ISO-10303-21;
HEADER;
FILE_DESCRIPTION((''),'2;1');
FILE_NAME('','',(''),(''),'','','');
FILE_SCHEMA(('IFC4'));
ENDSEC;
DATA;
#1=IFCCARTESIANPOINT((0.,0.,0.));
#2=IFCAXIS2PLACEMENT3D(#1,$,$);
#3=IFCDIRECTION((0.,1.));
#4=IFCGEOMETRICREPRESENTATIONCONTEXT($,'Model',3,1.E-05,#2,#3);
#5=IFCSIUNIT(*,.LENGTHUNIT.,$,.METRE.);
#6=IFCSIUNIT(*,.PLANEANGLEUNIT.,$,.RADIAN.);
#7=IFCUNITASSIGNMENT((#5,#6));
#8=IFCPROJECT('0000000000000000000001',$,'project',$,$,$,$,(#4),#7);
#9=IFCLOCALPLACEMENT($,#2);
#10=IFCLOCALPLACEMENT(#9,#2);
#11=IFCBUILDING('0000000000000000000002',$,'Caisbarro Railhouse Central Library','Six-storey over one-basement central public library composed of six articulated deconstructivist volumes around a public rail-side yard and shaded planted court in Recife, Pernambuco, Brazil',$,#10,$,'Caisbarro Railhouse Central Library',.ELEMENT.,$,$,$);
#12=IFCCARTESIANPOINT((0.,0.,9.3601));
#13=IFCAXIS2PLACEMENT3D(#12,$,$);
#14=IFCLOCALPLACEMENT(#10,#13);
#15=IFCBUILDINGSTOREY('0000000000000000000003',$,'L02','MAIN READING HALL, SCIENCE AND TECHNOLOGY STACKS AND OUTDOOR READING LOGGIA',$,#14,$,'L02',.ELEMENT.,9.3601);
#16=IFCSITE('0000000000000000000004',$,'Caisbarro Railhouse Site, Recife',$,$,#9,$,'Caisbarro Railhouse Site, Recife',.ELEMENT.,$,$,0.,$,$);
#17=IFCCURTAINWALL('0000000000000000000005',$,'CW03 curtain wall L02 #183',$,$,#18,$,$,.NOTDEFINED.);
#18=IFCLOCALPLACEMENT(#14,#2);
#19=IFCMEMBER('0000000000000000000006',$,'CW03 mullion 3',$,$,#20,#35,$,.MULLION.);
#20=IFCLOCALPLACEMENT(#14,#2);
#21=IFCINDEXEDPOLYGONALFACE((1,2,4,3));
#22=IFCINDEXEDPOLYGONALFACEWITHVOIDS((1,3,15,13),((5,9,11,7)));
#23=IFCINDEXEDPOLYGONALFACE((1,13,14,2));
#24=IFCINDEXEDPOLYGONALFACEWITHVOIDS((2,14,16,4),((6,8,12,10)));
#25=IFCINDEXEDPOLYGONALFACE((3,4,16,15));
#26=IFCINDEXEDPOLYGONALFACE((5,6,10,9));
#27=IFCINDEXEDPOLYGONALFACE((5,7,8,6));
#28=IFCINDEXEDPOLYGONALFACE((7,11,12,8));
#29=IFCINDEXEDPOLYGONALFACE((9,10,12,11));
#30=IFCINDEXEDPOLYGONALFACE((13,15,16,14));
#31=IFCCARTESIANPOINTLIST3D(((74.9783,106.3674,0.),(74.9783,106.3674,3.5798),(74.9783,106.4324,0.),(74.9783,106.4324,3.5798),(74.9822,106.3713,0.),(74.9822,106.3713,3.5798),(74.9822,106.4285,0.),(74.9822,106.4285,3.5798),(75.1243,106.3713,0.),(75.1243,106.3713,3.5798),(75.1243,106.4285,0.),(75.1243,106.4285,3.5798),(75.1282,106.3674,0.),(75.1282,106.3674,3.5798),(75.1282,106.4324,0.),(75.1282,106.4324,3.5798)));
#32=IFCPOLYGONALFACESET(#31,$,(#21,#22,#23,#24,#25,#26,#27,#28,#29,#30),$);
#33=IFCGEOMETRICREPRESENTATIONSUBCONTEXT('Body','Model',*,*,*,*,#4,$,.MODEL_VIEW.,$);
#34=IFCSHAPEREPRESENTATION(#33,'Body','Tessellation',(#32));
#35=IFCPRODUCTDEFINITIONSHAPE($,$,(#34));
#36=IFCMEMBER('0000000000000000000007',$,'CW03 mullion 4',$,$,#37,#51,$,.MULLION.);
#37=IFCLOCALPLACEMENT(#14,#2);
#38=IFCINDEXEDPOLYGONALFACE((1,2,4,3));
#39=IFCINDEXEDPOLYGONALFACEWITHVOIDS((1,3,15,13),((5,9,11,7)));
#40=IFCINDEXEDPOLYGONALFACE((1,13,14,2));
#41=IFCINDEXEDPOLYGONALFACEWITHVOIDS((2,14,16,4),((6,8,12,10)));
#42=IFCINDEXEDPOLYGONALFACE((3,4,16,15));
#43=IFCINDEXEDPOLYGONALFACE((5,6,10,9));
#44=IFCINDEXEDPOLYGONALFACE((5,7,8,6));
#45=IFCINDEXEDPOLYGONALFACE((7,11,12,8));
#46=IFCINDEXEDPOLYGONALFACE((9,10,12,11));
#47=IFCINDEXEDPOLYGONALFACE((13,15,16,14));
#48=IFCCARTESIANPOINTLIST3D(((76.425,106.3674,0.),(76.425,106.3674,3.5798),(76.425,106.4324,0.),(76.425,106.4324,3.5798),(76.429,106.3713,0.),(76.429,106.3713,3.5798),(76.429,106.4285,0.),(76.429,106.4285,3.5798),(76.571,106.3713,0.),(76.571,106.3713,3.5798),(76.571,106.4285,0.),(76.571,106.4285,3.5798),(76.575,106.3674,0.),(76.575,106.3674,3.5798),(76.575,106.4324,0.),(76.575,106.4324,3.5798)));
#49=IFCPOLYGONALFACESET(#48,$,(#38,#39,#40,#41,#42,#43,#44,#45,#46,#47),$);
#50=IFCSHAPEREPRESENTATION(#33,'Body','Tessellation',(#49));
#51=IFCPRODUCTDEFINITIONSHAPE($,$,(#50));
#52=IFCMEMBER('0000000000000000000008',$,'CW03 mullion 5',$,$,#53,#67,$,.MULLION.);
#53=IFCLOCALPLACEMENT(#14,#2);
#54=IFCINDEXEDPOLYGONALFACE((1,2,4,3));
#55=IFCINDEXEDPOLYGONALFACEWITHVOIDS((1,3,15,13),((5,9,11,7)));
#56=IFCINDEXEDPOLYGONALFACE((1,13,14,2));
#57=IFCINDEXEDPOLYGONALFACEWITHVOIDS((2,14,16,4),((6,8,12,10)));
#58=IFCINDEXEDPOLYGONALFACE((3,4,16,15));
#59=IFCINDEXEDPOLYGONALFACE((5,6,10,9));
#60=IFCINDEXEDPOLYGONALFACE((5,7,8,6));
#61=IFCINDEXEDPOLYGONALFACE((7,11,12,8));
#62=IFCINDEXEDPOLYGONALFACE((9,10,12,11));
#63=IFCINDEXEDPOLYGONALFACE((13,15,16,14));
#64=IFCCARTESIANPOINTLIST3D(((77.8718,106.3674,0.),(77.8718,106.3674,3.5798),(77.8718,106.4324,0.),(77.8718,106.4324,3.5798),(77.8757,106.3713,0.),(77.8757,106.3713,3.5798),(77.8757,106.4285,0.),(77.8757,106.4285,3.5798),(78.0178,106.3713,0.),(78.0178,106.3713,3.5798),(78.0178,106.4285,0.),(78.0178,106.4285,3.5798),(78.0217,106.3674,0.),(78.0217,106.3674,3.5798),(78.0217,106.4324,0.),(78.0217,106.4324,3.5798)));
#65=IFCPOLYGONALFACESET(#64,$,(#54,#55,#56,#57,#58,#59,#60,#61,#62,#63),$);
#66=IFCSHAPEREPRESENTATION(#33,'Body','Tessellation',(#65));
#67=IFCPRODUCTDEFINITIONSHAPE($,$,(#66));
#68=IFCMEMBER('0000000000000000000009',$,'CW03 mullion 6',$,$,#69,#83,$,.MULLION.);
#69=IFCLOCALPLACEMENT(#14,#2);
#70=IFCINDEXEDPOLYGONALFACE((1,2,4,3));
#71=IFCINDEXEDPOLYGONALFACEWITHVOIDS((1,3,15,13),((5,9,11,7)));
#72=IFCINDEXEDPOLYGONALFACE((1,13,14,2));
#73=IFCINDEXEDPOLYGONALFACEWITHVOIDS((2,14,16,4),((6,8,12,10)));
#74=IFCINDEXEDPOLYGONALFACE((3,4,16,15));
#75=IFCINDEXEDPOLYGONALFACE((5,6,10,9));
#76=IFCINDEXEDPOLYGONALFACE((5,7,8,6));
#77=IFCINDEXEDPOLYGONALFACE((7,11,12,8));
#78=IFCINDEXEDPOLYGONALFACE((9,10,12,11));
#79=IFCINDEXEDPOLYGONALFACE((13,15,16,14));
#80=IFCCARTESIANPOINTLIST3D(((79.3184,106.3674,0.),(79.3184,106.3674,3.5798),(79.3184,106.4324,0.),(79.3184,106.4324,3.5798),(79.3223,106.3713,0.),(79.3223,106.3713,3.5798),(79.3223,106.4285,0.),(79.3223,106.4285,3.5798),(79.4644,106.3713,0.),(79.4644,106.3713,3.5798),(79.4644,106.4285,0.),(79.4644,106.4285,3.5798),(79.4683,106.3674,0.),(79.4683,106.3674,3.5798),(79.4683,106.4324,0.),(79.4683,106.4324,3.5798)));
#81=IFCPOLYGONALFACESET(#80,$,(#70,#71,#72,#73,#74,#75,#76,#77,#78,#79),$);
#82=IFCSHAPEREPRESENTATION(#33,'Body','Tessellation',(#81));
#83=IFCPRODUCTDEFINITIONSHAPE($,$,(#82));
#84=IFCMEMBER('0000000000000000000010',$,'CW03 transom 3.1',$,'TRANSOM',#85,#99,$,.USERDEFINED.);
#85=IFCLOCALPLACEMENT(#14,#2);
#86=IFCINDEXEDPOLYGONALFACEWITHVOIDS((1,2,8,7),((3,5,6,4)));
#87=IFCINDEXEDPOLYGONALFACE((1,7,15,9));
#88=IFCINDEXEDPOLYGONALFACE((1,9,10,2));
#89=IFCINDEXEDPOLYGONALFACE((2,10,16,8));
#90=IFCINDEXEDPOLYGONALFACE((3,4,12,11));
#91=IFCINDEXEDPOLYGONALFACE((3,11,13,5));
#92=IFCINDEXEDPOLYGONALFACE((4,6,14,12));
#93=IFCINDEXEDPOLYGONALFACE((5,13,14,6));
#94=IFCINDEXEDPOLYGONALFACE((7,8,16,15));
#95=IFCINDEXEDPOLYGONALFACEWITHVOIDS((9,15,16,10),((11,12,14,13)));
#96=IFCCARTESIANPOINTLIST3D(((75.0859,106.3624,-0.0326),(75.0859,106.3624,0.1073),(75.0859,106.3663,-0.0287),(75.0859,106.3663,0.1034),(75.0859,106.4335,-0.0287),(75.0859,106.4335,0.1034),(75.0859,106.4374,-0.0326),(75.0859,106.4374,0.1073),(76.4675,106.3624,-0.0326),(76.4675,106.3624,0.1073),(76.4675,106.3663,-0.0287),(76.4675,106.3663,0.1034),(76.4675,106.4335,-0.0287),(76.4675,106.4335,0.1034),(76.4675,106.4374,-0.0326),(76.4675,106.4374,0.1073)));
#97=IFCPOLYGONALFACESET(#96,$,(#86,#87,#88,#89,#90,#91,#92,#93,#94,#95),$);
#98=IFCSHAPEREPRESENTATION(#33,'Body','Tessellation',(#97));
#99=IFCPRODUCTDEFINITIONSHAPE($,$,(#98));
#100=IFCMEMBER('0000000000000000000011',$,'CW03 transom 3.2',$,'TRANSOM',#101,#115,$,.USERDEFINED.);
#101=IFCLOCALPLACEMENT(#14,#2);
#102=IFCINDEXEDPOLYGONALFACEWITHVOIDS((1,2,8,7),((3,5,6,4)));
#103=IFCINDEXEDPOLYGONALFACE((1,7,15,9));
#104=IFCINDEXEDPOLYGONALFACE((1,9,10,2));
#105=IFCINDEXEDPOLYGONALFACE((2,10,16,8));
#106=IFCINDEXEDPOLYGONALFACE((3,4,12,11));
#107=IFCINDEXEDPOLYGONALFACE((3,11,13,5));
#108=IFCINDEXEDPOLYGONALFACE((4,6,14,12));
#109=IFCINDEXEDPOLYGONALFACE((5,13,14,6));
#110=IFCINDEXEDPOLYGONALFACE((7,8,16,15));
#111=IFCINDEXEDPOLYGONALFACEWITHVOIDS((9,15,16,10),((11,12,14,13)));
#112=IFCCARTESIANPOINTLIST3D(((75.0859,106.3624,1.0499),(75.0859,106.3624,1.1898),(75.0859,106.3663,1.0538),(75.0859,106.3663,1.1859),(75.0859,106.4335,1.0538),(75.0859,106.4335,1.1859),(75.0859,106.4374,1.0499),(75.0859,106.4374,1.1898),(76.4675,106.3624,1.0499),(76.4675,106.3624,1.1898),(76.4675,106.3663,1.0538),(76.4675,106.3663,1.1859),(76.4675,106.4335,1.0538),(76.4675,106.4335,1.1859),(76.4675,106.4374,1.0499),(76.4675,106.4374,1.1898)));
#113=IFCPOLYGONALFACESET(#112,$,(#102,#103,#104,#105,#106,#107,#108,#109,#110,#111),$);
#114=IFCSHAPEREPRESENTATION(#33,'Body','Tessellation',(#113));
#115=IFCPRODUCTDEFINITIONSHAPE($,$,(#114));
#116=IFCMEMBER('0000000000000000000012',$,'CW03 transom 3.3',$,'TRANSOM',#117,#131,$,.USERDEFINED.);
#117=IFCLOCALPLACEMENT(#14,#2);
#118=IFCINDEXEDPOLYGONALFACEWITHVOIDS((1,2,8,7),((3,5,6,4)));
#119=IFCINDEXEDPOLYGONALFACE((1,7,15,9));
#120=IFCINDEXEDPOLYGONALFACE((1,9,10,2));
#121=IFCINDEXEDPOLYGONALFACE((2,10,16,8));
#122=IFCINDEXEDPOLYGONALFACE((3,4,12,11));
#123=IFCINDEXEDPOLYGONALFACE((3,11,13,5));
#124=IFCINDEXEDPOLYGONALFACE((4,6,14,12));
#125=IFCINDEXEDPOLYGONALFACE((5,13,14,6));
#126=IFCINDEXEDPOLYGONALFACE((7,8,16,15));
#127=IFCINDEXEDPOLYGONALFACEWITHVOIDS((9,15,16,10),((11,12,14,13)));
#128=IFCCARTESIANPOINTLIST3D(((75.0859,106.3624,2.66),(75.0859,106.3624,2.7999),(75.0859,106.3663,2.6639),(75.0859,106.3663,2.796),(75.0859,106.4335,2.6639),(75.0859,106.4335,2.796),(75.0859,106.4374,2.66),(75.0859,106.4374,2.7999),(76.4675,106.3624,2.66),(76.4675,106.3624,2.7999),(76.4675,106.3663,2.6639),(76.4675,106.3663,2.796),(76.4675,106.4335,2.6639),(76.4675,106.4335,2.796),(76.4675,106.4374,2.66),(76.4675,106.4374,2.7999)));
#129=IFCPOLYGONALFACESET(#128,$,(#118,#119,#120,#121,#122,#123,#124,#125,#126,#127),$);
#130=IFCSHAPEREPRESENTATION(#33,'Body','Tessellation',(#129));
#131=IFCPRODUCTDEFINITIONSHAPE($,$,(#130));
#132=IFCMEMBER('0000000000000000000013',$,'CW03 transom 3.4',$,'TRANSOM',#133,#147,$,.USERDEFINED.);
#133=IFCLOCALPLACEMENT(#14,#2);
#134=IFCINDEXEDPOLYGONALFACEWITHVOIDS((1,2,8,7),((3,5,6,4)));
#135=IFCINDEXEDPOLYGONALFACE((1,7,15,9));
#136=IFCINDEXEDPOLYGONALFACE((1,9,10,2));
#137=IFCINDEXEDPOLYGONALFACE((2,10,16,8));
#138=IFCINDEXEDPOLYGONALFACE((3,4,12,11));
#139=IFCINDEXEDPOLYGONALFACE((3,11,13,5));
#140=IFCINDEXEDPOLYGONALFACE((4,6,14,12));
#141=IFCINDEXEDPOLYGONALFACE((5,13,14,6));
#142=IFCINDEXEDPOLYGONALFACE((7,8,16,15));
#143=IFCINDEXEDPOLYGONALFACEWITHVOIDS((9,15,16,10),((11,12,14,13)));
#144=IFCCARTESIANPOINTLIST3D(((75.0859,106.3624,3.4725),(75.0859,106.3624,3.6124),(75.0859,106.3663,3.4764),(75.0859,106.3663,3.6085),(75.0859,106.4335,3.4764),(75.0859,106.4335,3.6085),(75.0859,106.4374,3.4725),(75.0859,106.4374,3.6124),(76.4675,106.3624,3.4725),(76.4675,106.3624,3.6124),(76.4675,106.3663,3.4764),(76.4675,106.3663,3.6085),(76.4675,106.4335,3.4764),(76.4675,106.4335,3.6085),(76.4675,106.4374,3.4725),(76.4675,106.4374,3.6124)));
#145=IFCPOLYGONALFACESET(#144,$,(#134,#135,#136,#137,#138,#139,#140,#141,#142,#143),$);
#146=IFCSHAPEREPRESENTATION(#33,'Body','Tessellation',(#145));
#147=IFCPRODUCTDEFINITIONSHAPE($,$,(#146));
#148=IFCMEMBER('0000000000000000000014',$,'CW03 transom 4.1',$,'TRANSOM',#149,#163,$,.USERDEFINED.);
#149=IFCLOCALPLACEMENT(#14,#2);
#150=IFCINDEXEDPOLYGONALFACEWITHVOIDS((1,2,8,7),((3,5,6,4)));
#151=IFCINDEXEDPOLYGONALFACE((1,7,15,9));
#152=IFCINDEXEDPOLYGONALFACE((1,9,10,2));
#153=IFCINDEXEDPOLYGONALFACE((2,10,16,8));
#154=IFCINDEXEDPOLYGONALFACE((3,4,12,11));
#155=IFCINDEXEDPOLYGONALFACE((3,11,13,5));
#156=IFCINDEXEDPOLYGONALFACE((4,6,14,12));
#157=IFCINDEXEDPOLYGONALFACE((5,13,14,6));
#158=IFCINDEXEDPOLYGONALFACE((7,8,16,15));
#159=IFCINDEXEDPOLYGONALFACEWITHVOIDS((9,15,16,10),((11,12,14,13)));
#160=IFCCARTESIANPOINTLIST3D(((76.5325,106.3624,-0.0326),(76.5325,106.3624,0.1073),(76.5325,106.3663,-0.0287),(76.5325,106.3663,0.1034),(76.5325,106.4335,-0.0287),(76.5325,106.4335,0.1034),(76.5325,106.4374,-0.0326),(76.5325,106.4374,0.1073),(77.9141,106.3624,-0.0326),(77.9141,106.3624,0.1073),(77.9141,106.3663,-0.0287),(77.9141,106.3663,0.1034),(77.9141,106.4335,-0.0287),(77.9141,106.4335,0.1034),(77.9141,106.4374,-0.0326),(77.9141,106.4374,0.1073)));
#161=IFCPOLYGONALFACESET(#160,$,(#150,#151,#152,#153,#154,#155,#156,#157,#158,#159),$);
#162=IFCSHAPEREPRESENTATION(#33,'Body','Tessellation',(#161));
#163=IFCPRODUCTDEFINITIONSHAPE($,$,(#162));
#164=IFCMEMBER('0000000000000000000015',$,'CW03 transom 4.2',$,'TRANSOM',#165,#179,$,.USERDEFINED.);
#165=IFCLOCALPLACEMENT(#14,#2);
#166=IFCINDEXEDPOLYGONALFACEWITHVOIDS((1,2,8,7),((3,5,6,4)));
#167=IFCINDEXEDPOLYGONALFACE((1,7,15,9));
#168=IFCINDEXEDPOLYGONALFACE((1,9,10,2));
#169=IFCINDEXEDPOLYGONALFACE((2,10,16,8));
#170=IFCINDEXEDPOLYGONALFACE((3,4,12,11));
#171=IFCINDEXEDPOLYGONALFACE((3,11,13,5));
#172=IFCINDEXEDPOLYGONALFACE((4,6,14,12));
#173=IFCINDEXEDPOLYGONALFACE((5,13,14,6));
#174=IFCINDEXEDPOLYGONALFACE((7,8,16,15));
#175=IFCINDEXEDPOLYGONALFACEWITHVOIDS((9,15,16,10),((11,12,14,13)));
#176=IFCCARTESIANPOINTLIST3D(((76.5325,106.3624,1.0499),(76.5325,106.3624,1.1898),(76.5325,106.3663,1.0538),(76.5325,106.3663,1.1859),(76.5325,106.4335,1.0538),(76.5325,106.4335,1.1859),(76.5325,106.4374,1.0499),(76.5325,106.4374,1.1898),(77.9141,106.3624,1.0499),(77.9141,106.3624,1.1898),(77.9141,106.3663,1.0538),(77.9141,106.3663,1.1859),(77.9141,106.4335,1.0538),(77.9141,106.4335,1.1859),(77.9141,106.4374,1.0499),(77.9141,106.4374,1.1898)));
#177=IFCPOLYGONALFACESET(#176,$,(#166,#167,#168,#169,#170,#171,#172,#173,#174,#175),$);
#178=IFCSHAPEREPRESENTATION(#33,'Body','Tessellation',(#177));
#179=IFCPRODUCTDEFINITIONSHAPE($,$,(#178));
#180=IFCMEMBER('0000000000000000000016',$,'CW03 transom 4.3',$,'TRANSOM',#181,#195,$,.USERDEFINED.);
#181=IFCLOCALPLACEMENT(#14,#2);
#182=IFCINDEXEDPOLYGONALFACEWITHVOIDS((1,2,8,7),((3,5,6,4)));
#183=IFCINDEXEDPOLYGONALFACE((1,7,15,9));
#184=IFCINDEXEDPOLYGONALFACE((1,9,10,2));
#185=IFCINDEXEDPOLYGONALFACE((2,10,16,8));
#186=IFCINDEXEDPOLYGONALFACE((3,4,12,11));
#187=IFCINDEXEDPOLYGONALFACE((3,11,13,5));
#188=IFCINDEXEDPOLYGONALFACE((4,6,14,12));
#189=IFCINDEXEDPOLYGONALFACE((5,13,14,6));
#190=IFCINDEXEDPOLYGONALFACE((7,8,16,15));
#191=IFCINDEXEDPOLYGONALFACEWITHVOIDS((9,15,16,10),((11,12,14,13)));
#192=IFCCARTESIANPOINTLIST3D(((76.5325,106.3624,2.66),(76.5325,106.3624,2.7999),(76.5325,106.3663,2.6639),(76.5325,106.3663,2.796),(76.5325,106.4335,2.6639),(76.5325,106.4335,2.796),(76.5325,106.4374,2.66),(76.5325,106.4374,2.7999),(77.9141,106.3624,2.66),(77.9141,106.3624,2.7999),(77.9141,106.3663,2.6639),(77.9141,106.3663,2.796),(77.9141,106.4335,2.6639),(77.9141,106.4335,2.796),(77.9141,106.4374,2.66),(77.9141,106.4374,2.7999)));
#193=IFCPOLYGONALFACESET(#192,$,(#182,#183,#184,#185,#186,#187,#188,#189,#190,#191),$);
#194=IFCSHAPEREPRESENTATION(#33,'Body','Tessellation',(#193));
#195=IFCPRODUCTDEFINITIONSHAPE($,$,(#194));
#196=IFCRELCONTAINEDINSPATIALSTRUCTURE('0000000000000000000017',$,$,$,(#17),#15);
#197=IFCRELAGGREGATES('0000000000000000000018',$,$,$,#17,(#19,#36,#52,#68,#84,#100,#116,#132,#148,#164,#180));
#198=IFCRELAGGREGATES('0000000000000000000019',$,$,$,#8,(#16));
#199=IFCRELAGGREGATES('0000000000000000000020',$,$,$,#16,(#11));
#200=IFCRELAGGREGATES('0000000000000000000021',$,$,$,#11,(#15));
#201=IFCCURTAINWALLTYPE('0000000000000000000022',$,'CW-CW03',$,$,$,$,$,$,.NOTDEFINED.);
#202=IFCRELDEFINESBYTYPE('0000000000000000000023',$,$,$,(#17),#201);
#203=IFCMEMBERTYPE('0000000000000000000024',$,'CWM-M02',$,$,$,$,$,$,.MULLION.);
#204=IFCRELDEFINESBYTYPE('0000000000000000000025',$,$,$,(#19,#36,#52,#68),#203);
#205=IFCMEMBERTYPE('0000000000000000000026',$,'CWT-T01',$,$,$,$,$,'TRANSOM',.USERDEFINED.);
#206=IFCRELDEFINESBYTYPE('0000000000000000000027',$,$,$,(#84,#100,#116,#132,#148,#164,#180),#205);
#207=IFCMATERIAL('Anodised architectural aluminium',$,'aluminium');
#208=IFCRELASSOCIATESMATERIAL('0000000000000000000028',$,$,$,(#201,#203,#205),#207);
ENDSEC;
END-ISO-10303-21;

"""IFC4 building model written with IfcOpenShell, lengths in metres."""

from ifc_helpers import new_model, si_unit, direction, frame, origin, origin_2d, place, context, subcontext, project, spatial, hollow_rectangle, extrude, material, material_profile, profile_set, type_object, element, aggregate, save


model = new_model("IFC4")

# Units and contexts
model_context = context("Model", 3, precision=1e-05, world=origin(), true_north=direction((0.0, 1.0)))
body_context = subcontext(model_context, "Body", "Model", "MODEL_VIEW")
ifc_project = project(units=[si_unit("LENGTHUNIT", "METRE"), si_unit("PLANEANGLEUNIT", "RADIAN")], contexts=[model_context])

# Site, building, storey
site_placement = place(None, origin())
site = spatial("IfcSite", under=ifc_project, at=site_placement, Name="Caisbarro Railhouse Site, Recife", LongName="Caisbarro Railhouse Site, Recife", CompositionType="ELEMENT", RefElevation=0.0)
building_placement = place(site_placement, origin())
building = spatial("IfcBuilding", under=site, at=building_placement, Name="Caisbarro Railhouse Central Library", Description="Six-storey over one-basement central public library composed of six articulated deconstructivist volumes around a public rail-side yard and shaded planted court in Recife, Pernambuco, Brazil", LongName="Caisbarro Railhouse Central Library", CompositionType="ELEMENT")
storey_placement = place(building_placement, frame((0.0, 0.0, 9.3601)))
storey = spatial("IfcBuildingStorey", under=building, at=storey_placement, Name="L02", Description="MAIN READING HALL, SCIENCE AND TECHNOLOGY STACKS AND OUTDOOR READING LOGGIA", LongName="L02", CompositionType="ELEMENT", Elevation=9.3601)

# Curtain wall, members
ifc_material_1 = material(Name="Anodised architectural aluminium", Category="aluminium")
curtain_wall_type = type_object("IfcCurtainWallType", Name="CW-CW03", PredefinedType="NOTDEFINED", material=ifc_material_1)
curtain_wall_placement = place(storey_placement, origin())
curtain_wall = element("IfcCurtainWall", 1, at=curtain_wall_placement, inside=storey, type_object=curtain_wall_type, Name="CW03 curtain wall L02 #183", PredefinedType="NOTDEFINED")
ifc_material_profile_1 = material_profile(ifc_material_1, hollow_rectangle(XDim=0.0649, YDim=0.1499, WallThickness=0.0039, at=origin_2d()), Name="ALU-MUL-65X150")
ifc_profile_set_1 = profile_set([ifc_material_profile_1], Name="Anodised architectural aluminium")
member_type_1 = type_object("IfcMemberType", Name="CWM-M02", PredefinedType="MULLION", material=ifc_profile_set_1)
member_1_placement = place(storey_placement, frame((75.0532, 106.3999, 0.0), z_axis=(0.0, 0.0, 1.0), x_axis=(0.0, 1.0, 0.0)))
member_1 = element("IfcMember", 2, at=member_1_placement, type_object=member_type_1, Name="CW03 mullion 3", PredefinedType="MULLION", context=body_context, shape_type="SweptSolid", body=[
    extrude(hollow_rectangle(XDim=0.0649, YDim=0.1499, WallThickness=0.0039, at=origin_2d()), origin(), (0.0, 0.0, 1.0), 3.5798),
])
member_2_placement = place(storey_placement, frame((76.5, 106.3999, 0.0), z_axis=(0.0, 0.0, 1.0), x_axis=(0.0, 1.0, 0.0)))
member_2 = element("IfcMember", 3, at=member_2_placement, type_object=member_type_1, Name="CW03 mullion 4", PredefinedType="MULLION", context=body_context, shape_type="SweptSolid", body=[
    extrude(hollow_rectangle(XDim=0.0649, YDim=0.1499, WallThickness=0.0039, at=origin_2d()), origin(), (0.0, 0.0, 1.0), 3.5798),
])
member_3_placement = place(storey_placement, frame((77.9468, 106.3999, 0.0), z_axis=(0.0, 0.0, 1.0), x_axis=(0.0, 1.0, 0.0)))
member_3 = element("IfcMember", 4, at=member_3_placement, type_object=member_type_1, Name="CW03 mullion 5", PredefinedType="MULLION", context=body_context, shape_type="SweptSolid", body=[
    extrude(hollow_rectangle(XDim=0.0649, YDim=0.1499, WallThickness=0.0039, at=origin_2d()), origin(), (0.0, 0.0, 1.0), 3.5798),
])
member_4_placement = place(storey_placement, frame((79.3933, 106.3999, 0.0), z_axis=(0.0, 0.0, 1.0), x_axis=(0.0, 1.0, 0.0)))
member_4 = element("IfcMember", 5, at=member_4_placement, type_object=member_type_1, Name="CW03 mullion 6", PredefinedType="MULLION", context=body_context, shape_type="SweptSolid", body=[
    extrude(hollow_rectangle(XDim=0.0649, YDim=0.1499, WallThickness=0.0039, at=origin_2d()), origin(), (0.0, 0.0, 1.0), 3.5798),
])
ifc_material_profile_2 = material_profile(ifc_material_1, hollow_rectangle(XDim=0.075, YDim=0.1399, WallThickness=0.0039, at=origin_2d()), Name="ALU-TRN-75X140")
ifc_profile_set_2 = profile_set([ifc_material_profile_2], Name="Anodised architectural aluminium")
member_type_2 = type_object("IfcMemberType", Name="CWT-T01", ElementType="TRANSOM", PredefinedType="USERDEFINED", material=ifc_profile_set_2)
member_5_placement = place(storey_placement, frame((75.0859, 106.3999, 0.0374), z_axis=(1.0, 0.0, 0.0), x_axis=(0.0, 1.0, 0.0)))
member_5 = element("IfcMember", 6, at=member_5_placement, type_object=member_type_2, Name="CW03 transom 3.1", ObjectType="TRANSOM", PredefinedType="USERDEFINED", context=body_context, shape_type="SweptSolid", body=[
    extrude(hollow_rectangle(XDim=0.075, YDim=0.1399, WallThickness=0.0039, at=origin_2d()), origin(), (0.0, 0.0, 1.0), 1.3816),
])
member_6_placement = place(storey_placement, frame((75.0859, 106.3999, 1.1199), z_axis=(1.0, 0.0, 0.0), x_axis=(0.0, 1.0, 0.0)))
member_6 = element("IfcMember", 7, at=member_6_placement, type_object=member_type_2, Name="CW03 transom 3.2", ObjectType="TRANSOM", PredefinedType="USERDEFINED", context=body_context, shape_type="SweptSolid", body=[
    extrude(hollow_rectangle(XDim=0.075, YDim=0.1399, WallThickness=0.0039, at=origin_2d()), origin(), (0.0, 0.0, 1.0), 1.3816),
])
member_7_placement = place(storey_placement, frame((75.0859, 106.3999, 2.73), z_axis=(1.0, 0.0, 0.0), x_axis=(0.0, 1.0, 0.0)))
member_7 = element("IfcMember", 8, at=member_7_placement, type_object=member_type_2, Name="CW03 transom 3.3", ObjectType="TRANSOM", PredefinedType="USERDEFINED", context=body_context, shape_type="SweptSolid", body=[
    extrude(hollow_rectangle(XDim=0.075, YDim=0.1399, WallThickness=0.0039, at=origin_2d()), origin(), (0.0, 0.0, 1.0), 1.3816),
])
member_8_placement = place(storey_placement, frame((75.0859, 106.3999, 3.5425), z_axis=(1.0, 0.0, 0.0), x_axis=(0.0, 1.0, 0.0)))
member_8 = element("IfcMember", 9, at=member_8_placement, type_object=member_type_2, Name="CW03 transom 3.4", ObjectType="TRANSOM", PredefinedType="USERDEFINED", context=body_context, shape_type="SweptSolid", body=[
    extrude(hollow_rectangle(XDim=0.075, YDim=0.1399, WallThickness=0.0039, at=origin_2d()), origin(), (0.0, 0.0, 1.0), 1.3816),
])
member_9_placement = place(storey_placement, frame((76.5325, 106.3999, 0.0374), z_axis=(1.0, 0.0, 0.0), x_axis=(0.0, 1.0, 0.0)))
member_9 = element("IfcMember", 10, at=member_9_placement, type_object=member_type_2, Name="CW03 transom 4.1", ObjectType="TRANSOM", PredefinedType="USERDEFINED", context=body_context, shape_type="SweptSolid", body=[
    extrude(hollow_rectangle(XDim=0.075, YDim=0.1399, WallThickness=0.0039, at=origin_2d()), origin(), (0.0, 0.0, 1.0), 1.3816),
])
member_10_placement = place(storey_placement, frame((76.5325, 106.3999, 1.1199), z_axis=(1.0, 0.0, 0.0), x_axis=(0.0, 1.0, 0.0)))
member_10 = element("IfcMember", 11, at=member_10_placement, type_object=member_type_2, Name="CW03 transom 4.2", ObjectType="TRANSOM", PredefinedType="USERDEFINED", context=body_context, shape_type="SweptSolid", body=[
    extrude(hollow_rectangle(XDim=0.075, YDim=0.1399, WallThickness=0.0039, at=origin_2d()), origin(), (0.0, 0.0, 1.0), 1.3816),
])
member_11_placement = place(storey_placement, frame((76.5325, 106.3999, 2.73), z_axis=(1.0, 0.0, 0.0), x_axis=(0.0, 1.0, 0.0)))
member_11 = element("IfcMember", 12, at=member_11_placement, type_object=member_type_2, Name="CW03 transom 4.3", ObjectType="TRANSOM", PredefinedType="USERDEFINED", context=body_context, shape_type="SweptSolid", body=[
    extrude(hollow_rectangle(XDim=0.075, YDim=0.1399, WallThickness=0.0039, at=origin_2d()), origin(), (0.0, 0.0, 1.0), 1.3816),
])
aggregate(curtain_wall, [member_1, member_2, member_3, member_4, member_5, member_6, member_7, member_8, member_9, member_10, member_11])

save(model, "model.ifc")
